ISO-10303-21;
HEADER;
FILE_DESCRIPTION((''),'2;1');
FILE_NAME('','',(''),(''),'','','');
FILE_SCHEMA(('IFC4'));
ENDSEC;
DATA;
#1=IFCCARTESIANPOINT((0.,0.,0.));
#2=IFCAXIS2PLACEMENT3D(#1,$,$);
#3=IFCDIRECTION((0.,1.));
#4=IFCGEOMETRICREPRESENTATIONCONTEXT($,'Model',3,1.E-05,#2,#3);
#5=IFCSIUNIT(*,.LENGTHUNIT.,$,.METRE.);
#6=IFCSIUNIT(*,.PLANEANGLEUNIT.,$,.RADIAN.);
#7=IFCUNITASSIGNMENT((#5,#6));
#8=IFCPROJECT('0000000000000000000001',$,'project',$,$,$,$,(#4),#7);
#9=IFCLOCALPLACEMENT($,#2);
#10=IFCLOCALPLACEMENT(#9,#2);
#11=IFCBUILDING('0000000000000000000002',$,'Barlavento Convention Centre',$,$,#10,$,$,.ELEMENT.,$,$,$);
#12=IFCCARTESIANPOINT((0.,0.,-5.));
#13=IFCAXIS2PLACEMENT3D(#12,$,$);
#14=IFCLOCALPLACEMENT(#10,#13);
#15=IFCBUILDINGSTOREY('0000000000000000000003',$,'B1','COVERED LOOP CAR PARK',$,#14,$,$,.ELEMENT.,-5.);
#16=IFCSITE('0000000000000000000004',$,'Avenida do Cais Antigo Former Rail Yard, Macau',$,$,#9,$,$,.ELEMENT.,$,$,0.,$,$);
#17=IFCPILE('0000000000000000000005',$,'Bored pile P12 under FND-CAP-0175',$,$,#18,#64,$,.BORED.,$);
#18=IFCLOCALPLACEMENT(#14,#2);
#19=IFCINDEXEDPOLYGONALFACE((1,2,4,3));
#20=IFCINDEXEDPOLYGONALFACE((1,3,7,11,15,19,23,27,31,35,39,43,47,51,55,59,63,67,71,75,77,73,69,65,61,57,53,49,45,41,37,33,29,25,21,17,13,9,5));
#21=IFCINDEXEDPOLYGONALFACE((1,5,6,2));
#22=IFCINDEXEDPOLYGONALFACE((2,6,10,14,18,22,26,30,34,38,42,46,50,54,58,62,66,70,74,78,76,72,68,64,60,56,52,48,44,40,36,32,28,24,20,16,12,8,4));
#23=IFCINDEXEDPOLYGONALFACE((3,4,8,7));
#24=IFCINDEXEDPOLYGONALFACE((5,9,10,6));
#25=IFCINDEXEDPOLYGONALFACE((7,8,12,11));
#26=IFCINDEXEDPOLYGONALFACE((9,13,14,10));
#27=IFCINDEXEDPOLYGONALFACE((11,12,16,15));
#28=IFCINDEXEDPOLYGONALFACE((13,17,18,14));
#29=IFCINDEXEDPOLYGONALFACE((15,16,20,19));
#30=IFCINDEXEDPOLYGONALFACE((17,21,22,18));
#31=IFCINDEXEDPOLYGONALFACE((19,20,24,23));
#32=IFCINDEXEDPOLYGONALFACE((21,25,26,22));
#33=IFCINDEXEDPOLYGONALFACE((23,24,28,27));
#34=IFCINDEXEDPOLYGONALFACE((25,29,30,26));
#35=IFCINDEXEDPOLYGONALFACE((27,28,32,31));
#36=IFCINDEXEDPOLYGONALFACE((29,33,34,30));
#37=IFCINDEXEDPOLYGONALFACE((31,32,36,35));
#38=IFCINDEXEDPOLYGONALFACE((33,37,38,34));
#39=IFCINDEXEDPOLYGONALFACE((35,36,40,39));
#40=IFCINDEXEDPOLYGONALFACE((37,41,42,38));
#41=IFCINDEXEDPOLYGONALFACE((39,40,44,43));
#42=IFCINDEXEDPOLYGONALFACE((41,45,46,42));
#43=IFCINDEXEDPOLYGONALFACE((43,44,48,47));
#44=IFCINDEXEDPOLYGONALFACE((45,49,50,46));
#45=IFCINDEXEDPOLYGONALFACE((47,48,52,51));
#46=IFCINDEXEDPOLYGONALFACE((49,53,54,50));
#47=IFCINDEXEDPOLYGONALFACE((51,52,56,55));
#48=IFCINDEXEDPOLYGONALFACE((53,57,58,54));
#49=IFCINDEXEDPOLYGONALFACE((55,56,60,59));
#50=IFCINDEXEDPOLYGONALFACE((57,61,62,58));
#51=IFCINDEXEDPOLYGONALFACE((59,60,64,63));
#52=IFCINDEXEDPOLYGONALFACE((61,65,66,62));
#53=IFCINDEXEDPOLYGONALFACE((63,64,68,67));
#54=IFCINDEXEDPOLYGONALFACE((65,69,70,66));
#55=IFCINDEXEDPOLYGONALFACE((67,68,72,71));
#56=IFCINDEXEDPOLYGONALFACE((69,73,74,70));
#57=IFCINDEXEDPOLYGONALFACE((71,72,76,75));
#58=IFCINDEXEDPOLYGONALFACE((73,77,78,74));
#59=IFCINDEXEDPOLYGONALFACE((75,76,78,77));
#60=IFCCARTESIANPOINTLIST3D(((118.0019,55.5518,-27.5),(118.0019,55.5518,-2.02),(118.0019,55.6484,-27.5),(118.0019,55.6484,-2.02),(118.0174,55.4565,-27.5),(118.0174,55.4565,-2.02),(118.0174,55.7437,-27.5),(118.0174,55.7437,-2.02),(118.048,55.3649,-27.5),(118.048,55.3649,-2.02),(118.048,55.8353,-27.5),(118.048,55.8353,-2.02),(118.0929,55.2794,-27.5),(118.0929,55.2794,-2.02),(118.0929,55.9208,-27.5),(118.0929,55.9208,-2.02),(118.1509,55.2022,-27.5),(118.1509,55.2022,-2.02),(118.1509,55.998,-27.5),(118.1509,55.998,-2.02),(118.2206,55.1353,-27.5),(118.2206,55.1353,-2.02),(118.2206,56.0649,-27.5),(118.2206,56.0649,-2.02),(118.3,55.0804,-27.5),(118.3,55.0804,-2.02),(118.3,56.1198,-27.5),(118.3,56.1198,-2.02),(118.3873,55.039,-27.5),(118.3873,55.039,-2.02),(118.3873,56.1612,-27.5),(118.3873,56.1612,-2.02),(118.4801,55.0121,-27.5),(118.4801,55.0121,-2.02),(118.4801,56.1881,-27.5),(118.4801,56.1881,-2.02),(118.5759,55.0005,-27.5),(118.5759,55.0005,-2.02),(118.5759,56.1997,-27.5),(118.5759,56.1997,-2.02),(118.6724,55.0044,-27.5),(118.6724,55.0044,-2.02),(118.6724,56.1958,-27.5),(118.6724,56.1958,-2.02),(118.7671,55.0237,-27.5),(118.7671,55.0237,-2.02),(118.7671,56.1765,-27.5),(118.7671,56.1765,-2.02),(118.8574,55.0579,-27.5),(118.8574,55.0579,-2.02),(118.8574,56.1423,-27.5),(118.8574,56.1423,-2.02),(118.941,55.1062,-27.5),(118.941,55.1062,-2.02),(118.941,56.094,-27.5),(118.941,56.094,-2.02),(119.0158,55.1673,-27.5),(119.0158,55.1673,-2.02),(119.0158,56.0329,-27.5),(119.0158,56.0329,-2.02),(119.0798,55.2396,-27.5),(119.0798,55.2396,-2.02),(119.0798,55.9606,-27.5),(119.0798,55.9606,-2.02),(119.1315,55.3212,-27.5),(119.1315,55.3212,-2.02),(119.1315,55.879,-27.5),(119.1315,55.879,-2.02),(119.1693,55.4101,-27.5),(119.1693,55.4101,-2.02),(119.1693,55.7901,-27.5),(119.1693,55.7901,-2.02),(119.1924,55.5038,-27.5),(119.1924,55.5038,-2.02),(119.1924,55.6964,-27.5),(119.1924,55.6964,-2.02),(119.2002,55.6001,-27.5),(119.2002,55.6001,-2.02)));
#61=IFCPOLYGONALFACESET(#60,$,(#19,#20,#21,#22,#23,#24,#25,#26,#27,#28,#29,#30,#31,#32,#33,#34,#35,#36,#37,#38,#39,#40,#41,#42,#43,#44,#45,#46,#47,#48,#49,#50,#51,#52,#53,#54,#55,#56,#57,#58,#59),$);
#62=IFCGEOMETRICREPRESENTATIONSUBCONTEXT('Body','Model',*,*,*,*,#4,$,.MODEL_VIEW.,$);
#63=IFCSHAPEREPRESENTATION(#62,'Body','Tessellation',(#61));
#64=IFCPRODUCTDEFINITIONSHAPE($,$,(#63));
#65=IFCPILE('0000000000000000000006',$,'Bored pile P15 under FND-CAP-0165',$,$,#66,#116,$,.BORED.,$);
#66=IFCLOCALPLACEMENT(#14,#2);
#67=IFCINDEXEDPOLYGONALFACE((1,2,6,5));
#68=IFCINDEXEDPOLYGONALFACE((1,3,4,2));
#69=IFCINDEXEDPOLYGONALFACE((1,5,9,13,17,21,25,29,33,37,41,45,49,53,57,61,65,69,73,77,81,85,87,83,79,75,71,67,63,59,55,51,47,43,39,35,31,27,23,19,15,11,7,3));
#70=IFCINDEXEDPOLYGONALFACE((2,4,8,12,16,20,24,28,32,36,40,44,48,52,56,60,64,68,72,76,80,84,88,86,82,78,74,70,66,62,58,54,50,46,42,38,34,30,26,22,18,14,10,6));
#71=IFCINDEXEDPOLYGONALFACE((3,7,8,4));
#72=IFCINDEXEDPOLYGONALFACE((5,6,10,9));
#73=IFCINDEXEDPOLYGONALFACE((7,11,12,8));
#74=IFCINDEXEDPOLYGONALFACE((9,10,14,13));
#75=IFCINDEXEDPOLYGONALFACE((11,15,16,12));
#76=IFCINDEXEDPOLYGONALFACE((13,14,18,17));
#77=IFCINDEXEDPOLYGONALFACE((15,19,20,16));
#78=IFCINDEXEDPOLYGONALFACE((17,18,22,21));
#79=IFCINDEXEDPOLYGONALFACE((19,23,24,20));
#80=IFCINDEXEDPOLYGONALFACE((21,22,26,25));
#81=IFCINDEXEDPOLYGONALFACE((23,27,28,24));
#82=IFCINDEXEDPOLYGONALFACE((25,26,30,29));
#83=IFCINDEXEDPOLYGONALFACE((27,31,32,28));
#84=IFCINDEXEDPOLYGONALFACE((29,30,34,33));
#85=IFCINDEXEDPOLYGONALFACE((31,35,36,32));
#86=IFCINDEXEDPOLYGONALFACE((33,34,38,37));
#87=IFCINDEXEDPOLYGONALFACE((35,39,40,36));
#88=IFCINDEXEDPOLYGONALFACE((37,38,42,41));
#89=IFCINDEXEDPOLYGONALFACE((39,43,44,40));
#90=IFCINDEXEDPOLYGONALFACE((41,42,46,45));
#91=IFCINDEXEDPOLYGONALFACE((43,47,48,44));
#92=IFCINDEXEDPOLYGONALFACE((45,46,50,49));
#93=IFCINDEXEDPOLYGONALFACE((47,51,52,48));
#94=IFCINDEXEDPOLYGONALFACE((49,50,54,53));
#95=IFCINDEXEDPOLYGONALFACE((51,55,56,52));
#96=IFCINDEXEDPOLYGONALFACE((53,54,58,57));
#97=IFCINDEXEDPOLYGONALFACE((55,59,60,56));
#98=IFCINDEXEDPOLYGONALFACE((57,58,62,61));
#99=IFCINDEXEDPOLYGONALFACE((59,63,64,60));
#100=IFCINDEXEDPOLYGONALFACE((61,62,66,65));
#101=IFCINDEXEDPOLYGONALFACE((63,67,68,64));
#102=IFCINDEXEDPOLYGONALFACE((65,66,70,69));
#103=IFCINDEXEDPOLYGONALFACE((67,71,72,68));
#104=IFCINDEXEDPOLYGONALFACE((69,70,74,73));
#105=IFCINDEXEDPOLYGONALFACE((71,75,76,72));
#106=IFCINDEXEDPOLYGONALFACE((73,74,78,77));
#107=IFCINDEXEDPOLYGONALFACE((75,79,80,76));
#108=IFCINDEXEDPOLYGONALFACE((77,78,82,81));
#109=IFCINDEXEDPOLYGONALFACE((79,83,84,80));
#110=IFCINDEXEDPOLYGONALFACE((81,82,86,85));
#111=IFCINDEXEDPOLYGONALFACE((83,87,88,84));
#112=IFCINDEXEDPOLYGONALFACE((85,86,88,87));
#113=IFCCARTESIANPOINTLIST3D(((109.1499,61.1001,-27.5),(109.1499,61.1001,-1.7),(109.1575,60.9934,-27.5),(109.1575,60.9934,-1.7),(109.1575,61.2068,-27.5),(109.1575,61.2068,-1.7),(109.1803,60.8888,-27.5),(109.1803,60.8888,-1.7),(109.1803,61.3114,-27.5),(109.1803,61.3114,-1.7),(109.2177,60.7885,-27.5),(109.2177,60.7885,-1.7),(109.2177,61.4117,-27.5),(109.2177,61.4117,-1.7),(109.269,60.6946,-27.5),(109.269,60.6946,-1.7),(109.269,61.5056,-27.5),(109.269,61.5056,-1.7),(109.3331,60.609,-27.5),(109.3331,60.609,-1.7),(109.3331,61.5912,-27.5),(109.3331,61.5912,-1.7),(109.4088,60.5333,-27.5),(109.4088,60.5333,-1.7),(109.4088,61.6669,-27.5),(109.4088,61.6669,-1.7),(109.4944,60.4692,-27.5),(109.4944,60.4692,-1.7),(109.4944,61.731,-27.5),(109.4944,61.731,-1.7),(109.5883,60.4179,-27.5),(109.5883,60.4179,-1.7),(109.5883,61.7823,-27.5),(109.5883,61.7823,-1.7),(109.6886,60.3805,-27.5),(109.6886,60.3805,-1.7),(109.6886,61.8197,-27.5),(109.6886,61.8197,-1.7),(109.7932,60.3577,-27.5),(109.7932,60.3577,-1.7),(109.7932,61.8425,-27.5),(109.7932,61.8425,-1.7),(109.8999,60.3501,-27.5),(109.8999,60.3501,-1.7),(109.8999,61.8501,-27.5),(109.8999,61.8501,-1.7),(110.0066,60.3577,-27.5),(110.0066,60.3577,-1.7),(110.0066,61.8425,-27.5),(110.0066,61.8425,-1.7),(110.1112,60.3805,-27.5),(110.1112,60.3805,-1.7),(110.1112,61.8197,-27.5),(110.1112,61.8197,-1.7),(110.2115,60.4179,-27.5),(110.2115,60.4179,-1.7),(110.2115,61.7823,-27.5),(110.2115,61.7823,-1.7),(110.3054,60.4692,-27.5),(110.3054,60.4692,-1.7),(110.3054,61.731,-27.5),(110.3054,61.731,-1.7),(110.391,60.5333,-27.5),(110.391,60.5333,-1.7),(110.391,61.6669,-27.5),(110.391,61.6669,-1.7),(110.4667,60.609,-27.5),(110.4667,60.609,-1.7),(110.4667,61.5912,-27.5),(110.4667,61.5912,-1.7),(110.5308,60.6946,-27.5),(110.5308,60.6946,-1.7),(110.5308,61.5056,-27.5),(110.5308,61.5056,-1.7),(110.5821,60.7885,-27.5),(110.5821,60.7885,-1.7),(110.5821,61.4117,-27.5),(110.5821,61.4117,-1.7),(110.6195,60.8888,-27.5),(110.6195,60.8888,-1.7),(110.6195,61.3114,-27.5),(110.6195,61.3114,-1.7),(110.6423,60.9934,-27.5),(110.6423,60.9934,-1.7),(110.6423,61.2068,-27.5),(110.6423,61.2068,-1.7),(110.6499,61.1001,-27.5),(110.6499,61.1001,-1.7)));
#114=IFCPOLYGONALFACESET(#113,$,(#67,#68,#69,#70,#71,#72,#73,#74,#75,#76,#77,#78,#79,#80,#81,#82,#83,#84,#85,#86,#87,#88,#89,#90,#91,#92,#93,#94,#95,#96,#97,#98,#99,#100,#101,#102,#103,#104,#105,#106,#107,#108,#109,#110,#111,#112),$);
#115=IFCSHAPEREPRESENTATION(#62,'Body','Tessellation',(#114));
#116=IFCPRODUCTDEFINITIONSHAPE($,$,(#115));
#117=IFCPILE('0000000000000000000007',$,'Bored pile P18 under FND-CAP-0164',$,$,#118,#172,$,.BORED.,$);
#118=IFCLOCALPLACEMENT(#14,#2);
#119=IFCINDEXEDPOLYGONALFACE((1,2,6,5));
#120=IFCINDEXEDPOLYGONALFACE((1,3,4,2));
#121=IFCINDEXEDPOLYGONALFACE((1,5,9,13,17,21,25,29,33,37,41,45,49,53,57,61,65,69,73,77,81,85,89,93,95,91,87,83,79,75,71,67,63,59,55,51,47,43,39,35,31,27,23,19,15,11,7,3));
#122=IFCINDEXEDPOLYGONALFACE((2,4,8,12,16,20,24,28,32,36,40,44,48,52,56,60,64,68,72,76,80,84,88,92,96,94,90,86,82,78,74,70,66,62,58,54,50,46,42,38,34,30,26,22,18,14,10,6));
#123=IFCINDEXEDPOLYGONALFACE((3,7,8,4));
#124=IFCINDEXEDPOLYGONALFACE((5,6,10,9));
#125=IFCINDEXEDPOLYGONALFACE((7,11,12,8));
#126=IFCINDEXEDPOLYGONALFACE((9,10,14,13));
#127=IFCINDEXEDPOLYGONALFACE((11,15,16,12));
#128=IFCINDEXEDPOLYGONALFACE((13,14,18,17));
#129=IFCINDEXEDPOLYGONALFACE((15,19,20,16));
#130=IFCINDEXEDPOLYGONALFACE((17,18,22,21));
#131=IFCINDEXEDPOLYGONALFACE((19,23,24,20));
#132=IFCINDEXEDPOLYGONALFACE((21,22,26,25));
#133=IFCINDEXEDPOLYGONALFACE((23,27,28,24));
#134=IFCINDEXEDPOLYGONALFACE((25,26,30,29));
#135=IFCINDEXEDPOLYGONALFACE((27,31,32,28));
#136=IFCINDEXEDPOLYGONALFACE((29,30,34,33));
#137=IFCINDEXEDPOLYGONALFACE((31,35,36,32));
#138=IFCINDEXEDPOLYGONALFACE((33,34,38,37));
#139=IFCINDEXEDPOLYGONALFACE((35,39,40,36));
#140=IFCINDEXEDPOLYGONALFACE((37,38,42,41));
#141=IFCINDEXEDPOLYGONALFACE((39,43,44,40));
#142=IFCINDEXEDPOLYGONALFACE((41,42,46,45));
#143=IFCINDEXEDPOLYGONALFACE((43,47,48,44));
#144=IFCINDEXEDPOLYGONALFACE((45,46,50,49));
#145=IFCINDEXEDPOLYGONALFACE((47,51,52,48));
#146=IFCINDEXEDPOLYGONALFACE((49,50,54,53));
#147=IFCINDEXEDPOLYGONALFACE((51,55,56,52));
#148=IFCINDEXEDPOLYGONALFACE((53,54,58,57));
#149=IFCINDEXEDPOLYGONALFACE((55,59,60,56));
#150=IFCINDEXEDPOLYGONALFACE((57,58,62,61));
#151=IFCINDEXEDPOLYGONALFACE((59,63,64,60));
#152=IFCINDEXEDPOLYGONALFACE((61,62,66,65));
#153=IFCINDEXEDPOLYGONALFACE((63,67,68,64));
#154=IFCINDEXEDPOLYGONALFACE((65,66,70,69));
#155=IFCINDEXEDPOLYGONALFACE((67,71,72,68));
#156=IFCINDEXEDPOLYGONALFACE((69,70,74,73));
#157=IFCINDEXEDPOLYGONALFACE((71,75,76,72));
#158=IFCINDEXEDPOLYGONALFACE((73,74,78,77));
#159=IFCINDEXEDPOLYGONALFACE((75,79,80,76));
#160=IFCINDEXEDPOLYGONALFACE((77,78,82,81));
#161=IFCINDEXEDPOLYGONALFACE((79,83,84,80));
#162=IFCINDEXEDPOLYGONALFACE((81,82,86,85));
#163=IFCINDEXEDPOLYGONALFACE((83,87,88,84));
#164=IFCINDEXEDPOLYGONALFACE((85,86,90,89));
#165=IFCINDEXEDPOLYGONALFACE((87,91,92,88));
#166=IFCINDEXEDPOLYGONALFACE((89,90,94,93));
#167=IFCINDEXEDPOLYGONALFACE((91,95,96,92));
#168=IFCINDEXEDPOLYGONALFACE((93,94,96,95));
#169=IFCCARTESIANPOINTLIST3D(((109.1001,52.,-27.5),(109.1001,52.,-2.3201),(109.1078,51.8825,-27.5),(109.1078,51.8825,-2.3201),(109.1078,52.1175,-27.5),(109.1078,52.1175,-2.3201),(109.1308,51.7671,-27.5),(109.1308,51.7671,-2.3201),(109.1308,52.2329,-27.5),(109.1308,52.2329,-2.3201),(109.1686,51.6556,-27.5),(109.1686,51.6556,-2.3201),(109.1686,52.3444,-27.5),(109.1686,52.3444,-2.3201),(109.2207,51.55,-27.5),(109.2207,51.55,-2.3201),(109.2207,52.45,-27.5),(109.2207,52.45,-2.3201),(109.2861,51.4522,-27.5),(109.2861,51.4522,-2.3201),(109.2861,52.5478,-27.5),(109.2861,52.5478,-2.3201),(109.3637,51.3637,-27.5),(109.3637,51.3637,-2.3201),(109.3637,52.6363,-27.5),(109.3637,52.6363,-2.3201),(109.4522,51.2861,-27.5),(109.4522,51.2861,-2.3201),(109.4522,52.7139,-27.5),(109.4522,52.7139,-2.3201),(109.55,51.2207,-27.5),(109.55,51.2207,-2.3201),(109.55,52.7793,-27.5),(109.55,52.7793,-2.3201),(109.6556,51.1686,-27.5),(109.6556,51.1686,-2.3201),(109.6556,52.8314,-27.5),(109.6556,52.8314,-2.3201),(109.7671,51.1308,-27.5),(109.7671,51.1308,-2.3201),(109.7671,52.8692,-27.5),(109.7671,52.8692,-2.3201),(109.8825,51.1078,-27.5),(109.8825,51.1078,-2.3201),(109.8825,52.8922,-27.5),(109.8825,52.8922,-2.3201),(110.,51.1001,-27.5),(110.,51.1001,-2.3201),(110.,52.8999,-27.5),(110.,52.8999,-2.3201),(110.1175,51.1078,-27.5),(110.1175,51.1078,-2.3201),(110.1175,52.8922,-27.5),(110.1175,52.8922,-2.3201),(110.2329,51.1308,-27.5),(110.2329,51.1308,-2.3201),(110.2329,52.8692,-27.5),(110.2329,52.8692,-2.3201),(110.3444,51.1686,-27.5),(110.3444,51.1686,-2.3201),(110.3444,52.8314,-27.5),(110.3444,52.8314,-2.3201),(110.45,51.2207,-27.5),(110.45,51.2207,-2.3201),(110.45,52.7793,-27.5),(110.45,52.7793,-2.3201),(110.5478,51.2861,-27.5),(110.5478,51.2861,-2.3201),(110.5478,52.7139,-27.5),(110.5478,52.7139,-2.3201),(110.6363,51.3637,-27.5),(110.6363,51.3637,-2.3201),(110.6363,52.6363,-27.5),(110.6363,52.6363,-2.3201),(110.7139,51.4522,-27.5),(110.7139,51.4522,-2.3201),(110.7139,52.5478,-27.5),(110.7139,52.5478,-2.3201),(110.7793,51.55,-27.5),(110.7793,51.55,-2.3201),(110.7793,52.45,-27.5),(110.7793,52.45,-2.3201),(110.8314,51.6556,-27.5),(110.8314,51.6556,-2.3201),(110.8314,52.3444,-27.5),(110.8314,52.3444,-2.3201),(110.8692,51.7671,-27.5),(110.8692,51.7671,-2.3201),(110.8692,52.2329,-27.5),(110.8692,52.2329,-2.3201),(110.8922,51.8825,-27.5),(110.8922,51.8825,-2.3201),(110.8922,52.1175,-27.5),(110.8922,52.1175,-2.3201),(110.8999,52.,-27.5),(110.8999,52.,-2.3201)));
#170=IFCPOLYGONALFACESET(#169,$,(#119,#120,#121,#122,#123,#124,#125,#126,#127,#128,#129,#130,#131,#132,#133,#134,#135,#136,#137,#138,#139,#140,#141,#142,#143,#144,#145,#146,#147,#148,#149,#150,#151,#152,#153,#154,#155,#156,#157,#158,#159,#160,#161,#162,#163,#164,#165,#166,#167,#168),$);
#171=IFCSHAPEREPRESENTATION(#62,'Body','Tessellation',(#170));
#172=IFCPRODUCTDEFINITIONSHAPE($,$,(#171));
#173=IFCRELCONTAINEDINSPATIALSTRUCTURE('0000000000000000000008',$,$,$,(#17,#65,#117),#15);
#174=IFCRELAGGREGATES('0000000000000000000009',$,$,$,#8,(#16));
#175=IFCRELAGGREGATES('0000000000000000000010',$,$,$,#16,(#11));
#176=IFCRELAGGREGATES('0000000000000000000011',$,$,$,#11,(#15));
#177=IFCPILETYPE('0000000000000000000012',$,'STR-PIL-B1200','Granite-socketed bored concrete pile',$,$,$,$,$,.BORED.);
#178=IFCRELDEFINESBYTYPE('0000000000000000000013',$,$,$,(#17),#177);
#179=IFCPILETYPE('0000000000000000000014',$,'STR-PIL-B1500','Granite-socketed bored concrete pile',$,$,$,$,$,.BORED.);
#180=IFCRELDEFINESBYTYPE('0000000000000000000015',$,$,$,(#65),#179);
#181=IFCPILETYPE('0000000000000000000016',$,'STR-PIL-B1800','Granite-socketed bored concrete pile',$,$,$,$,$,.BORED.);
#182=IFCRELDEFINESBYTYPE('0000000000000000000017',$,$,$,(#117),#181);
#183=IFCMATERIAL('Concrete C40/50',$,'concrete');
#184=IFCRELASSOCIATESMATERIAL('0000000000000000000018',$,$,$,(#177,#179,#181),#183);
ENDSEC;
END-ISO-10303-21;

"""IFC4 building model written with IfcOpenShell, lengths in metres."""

from ifc_helpers import new_model, si_unit, direction, frame, origin, origin_2d, place, context, subcontext, project, spatial, circle, extrude, material, material_profile, profile_set, type_object, element, save


model = new_model("IFC4")

# Units and contexts
model_context = context("Model", 3, precision=1e-05, world=origin(), true_north=direction((0.0, 1.0)))
body_context = subcontext(model_context, "Body", "Model", "MODEL_VIEW")
ifc_project = project(units=[si_unit("LENGTHUNIT", "METRE"), si_unit("PLANEANGLEUNIT", "RADIAN")], contexts=[model_context])

# Site, building, storey
site_placement = place(None, origin())
site = spatial("IfcSite", under=ifc_project, at=site_placement, Name="Avenida do Cais Antigo Former Rail Yard, Macau", CompositionType="ELEMENT", RefElevation=0.0)
building_placement = place(site_placement, origin())
building = spatial("IfcBuilding", under=site, at=building_placement, Name="Barlavento Convention Centre", CompositionType="ELEMENT")
storey_placement = place(building_placement, frame((0.0, 0.0, -5.0)))
storey = spatial("IfcBuildingStorey", under=building, at=storey_placement, Name="B1", Description="COVERED LOOP CAR PARK", CompositionType="ELEMENT", Elevation=-5.0)

# Shared definitions
ifc_material_1 = material(Name="Concrete C40/50", Category="concrete")

# Piles
ifc_material_profile_1 = material_profile(ifc_material_1, circle(Radius=0.6001, at=origin_2d()), Name="BORED PILE 1200")
ifc_profile_set_1 = profile_set([ifc_material_profile_1], Name="Concrete C40/50")
pile_type_1 = type_object("IfcPileType", Name="STR-PIL-B1200", Description="Granite-socketed bored concrete pile", PredefinedType="BORED", material=ifc_profile_set_1)
for number, where, z_axis, x_axis, name in (
    (1, (118.6001, 55.6001, -2.02), (0.0, 0.0, -1.0), (1.0, 0.0, 0.0), "Bored pile P12 under FND-CAP-0175"),
):
    element("IfcPile", number, at=place(storey_placement, frame(where, z_axis=z_axis, x_axis=x_axis)), inside=storey, type_object=pile_type_1, Name=name, PredefinedType="BORED", context=body_context, shape_type="SweptSolid", body=[
        extrude(circle(Radius=0.6001, at=origin_2d()), origin(), (0.0, 0.0, 1.0), 25.48),
    ])
ifc_material_profile_2 = material_profile(ifc_material_1, circle(Radius=0.75, at=origin_2d()), Name="BORED PILE 1500")
ifc_profile_set_2 = profile_set([ifc_material_profile_2], Name="Concrete C40/50")
pile_type_2 = type_object("IfcPileType", Name="STR-PIL-B1500", Description="Granite-socketed bored concrete pile", PredefinedType="BORED", material=ifc_profile_set_2)
pile_1_placement = place(storey_placement, frame((109.8999, 61.1001, -1.7), z_axis=(0.0, 0.0, -1.0), x_axis=(1.0, 0.0, 0.0)))
element("IfcPile", 2, at=pile_1_placement, inside=storey, type_object=pile_type_2, Name="Bored pile P15 under FND-CAP-0165", PredefinedType="BORED", context=body_context, shape_type="SweptSolid", body=[
    extrude(circle(Radius=0.75, at=origin_2d()), origin(), (0.0, 0.0, 1.0), 25.8),
])
ifc_material_profile_3 = material_profile(ifc_material_1, circle(Radius=0.8999, at=origin_2d()), Name="BORED PILE 1800")
ifc_profile_set_3 = profile_set([ifc_material_profile_3], Name="Concrete C40/50")
pile_type_3 = type_object("IfcPileType", Name="STR-PIL-B1800", Description="Granite-socketed bored concrete pile", PredefinedType="BORED", material=ifc_profile_set_3)
for number, where, z_axis, x_axis, name in (
    (3, (110.0, 52.0, -2.3201), (0.0, 0.0, -1.0), (1.0, 0.0, 0.0), "Bored pile P18 under FND-CAP-0164"),
):
    element("IfcPile", number, at=place(storey_placement, frame(where, z_axis=z_axis, x_axis=x_axis)), inside=storey, type_object=pile_type_3, Name=name, PredefinedType="BORED", context=body_context, shape_type="SweptSolid", body=[
        extrude(circle(Radius=0.8999, at=origin_2d()), origin(), (0.0, 0.0, 1.0), 25.1799),
    ])

save(model, "model.ifc")
